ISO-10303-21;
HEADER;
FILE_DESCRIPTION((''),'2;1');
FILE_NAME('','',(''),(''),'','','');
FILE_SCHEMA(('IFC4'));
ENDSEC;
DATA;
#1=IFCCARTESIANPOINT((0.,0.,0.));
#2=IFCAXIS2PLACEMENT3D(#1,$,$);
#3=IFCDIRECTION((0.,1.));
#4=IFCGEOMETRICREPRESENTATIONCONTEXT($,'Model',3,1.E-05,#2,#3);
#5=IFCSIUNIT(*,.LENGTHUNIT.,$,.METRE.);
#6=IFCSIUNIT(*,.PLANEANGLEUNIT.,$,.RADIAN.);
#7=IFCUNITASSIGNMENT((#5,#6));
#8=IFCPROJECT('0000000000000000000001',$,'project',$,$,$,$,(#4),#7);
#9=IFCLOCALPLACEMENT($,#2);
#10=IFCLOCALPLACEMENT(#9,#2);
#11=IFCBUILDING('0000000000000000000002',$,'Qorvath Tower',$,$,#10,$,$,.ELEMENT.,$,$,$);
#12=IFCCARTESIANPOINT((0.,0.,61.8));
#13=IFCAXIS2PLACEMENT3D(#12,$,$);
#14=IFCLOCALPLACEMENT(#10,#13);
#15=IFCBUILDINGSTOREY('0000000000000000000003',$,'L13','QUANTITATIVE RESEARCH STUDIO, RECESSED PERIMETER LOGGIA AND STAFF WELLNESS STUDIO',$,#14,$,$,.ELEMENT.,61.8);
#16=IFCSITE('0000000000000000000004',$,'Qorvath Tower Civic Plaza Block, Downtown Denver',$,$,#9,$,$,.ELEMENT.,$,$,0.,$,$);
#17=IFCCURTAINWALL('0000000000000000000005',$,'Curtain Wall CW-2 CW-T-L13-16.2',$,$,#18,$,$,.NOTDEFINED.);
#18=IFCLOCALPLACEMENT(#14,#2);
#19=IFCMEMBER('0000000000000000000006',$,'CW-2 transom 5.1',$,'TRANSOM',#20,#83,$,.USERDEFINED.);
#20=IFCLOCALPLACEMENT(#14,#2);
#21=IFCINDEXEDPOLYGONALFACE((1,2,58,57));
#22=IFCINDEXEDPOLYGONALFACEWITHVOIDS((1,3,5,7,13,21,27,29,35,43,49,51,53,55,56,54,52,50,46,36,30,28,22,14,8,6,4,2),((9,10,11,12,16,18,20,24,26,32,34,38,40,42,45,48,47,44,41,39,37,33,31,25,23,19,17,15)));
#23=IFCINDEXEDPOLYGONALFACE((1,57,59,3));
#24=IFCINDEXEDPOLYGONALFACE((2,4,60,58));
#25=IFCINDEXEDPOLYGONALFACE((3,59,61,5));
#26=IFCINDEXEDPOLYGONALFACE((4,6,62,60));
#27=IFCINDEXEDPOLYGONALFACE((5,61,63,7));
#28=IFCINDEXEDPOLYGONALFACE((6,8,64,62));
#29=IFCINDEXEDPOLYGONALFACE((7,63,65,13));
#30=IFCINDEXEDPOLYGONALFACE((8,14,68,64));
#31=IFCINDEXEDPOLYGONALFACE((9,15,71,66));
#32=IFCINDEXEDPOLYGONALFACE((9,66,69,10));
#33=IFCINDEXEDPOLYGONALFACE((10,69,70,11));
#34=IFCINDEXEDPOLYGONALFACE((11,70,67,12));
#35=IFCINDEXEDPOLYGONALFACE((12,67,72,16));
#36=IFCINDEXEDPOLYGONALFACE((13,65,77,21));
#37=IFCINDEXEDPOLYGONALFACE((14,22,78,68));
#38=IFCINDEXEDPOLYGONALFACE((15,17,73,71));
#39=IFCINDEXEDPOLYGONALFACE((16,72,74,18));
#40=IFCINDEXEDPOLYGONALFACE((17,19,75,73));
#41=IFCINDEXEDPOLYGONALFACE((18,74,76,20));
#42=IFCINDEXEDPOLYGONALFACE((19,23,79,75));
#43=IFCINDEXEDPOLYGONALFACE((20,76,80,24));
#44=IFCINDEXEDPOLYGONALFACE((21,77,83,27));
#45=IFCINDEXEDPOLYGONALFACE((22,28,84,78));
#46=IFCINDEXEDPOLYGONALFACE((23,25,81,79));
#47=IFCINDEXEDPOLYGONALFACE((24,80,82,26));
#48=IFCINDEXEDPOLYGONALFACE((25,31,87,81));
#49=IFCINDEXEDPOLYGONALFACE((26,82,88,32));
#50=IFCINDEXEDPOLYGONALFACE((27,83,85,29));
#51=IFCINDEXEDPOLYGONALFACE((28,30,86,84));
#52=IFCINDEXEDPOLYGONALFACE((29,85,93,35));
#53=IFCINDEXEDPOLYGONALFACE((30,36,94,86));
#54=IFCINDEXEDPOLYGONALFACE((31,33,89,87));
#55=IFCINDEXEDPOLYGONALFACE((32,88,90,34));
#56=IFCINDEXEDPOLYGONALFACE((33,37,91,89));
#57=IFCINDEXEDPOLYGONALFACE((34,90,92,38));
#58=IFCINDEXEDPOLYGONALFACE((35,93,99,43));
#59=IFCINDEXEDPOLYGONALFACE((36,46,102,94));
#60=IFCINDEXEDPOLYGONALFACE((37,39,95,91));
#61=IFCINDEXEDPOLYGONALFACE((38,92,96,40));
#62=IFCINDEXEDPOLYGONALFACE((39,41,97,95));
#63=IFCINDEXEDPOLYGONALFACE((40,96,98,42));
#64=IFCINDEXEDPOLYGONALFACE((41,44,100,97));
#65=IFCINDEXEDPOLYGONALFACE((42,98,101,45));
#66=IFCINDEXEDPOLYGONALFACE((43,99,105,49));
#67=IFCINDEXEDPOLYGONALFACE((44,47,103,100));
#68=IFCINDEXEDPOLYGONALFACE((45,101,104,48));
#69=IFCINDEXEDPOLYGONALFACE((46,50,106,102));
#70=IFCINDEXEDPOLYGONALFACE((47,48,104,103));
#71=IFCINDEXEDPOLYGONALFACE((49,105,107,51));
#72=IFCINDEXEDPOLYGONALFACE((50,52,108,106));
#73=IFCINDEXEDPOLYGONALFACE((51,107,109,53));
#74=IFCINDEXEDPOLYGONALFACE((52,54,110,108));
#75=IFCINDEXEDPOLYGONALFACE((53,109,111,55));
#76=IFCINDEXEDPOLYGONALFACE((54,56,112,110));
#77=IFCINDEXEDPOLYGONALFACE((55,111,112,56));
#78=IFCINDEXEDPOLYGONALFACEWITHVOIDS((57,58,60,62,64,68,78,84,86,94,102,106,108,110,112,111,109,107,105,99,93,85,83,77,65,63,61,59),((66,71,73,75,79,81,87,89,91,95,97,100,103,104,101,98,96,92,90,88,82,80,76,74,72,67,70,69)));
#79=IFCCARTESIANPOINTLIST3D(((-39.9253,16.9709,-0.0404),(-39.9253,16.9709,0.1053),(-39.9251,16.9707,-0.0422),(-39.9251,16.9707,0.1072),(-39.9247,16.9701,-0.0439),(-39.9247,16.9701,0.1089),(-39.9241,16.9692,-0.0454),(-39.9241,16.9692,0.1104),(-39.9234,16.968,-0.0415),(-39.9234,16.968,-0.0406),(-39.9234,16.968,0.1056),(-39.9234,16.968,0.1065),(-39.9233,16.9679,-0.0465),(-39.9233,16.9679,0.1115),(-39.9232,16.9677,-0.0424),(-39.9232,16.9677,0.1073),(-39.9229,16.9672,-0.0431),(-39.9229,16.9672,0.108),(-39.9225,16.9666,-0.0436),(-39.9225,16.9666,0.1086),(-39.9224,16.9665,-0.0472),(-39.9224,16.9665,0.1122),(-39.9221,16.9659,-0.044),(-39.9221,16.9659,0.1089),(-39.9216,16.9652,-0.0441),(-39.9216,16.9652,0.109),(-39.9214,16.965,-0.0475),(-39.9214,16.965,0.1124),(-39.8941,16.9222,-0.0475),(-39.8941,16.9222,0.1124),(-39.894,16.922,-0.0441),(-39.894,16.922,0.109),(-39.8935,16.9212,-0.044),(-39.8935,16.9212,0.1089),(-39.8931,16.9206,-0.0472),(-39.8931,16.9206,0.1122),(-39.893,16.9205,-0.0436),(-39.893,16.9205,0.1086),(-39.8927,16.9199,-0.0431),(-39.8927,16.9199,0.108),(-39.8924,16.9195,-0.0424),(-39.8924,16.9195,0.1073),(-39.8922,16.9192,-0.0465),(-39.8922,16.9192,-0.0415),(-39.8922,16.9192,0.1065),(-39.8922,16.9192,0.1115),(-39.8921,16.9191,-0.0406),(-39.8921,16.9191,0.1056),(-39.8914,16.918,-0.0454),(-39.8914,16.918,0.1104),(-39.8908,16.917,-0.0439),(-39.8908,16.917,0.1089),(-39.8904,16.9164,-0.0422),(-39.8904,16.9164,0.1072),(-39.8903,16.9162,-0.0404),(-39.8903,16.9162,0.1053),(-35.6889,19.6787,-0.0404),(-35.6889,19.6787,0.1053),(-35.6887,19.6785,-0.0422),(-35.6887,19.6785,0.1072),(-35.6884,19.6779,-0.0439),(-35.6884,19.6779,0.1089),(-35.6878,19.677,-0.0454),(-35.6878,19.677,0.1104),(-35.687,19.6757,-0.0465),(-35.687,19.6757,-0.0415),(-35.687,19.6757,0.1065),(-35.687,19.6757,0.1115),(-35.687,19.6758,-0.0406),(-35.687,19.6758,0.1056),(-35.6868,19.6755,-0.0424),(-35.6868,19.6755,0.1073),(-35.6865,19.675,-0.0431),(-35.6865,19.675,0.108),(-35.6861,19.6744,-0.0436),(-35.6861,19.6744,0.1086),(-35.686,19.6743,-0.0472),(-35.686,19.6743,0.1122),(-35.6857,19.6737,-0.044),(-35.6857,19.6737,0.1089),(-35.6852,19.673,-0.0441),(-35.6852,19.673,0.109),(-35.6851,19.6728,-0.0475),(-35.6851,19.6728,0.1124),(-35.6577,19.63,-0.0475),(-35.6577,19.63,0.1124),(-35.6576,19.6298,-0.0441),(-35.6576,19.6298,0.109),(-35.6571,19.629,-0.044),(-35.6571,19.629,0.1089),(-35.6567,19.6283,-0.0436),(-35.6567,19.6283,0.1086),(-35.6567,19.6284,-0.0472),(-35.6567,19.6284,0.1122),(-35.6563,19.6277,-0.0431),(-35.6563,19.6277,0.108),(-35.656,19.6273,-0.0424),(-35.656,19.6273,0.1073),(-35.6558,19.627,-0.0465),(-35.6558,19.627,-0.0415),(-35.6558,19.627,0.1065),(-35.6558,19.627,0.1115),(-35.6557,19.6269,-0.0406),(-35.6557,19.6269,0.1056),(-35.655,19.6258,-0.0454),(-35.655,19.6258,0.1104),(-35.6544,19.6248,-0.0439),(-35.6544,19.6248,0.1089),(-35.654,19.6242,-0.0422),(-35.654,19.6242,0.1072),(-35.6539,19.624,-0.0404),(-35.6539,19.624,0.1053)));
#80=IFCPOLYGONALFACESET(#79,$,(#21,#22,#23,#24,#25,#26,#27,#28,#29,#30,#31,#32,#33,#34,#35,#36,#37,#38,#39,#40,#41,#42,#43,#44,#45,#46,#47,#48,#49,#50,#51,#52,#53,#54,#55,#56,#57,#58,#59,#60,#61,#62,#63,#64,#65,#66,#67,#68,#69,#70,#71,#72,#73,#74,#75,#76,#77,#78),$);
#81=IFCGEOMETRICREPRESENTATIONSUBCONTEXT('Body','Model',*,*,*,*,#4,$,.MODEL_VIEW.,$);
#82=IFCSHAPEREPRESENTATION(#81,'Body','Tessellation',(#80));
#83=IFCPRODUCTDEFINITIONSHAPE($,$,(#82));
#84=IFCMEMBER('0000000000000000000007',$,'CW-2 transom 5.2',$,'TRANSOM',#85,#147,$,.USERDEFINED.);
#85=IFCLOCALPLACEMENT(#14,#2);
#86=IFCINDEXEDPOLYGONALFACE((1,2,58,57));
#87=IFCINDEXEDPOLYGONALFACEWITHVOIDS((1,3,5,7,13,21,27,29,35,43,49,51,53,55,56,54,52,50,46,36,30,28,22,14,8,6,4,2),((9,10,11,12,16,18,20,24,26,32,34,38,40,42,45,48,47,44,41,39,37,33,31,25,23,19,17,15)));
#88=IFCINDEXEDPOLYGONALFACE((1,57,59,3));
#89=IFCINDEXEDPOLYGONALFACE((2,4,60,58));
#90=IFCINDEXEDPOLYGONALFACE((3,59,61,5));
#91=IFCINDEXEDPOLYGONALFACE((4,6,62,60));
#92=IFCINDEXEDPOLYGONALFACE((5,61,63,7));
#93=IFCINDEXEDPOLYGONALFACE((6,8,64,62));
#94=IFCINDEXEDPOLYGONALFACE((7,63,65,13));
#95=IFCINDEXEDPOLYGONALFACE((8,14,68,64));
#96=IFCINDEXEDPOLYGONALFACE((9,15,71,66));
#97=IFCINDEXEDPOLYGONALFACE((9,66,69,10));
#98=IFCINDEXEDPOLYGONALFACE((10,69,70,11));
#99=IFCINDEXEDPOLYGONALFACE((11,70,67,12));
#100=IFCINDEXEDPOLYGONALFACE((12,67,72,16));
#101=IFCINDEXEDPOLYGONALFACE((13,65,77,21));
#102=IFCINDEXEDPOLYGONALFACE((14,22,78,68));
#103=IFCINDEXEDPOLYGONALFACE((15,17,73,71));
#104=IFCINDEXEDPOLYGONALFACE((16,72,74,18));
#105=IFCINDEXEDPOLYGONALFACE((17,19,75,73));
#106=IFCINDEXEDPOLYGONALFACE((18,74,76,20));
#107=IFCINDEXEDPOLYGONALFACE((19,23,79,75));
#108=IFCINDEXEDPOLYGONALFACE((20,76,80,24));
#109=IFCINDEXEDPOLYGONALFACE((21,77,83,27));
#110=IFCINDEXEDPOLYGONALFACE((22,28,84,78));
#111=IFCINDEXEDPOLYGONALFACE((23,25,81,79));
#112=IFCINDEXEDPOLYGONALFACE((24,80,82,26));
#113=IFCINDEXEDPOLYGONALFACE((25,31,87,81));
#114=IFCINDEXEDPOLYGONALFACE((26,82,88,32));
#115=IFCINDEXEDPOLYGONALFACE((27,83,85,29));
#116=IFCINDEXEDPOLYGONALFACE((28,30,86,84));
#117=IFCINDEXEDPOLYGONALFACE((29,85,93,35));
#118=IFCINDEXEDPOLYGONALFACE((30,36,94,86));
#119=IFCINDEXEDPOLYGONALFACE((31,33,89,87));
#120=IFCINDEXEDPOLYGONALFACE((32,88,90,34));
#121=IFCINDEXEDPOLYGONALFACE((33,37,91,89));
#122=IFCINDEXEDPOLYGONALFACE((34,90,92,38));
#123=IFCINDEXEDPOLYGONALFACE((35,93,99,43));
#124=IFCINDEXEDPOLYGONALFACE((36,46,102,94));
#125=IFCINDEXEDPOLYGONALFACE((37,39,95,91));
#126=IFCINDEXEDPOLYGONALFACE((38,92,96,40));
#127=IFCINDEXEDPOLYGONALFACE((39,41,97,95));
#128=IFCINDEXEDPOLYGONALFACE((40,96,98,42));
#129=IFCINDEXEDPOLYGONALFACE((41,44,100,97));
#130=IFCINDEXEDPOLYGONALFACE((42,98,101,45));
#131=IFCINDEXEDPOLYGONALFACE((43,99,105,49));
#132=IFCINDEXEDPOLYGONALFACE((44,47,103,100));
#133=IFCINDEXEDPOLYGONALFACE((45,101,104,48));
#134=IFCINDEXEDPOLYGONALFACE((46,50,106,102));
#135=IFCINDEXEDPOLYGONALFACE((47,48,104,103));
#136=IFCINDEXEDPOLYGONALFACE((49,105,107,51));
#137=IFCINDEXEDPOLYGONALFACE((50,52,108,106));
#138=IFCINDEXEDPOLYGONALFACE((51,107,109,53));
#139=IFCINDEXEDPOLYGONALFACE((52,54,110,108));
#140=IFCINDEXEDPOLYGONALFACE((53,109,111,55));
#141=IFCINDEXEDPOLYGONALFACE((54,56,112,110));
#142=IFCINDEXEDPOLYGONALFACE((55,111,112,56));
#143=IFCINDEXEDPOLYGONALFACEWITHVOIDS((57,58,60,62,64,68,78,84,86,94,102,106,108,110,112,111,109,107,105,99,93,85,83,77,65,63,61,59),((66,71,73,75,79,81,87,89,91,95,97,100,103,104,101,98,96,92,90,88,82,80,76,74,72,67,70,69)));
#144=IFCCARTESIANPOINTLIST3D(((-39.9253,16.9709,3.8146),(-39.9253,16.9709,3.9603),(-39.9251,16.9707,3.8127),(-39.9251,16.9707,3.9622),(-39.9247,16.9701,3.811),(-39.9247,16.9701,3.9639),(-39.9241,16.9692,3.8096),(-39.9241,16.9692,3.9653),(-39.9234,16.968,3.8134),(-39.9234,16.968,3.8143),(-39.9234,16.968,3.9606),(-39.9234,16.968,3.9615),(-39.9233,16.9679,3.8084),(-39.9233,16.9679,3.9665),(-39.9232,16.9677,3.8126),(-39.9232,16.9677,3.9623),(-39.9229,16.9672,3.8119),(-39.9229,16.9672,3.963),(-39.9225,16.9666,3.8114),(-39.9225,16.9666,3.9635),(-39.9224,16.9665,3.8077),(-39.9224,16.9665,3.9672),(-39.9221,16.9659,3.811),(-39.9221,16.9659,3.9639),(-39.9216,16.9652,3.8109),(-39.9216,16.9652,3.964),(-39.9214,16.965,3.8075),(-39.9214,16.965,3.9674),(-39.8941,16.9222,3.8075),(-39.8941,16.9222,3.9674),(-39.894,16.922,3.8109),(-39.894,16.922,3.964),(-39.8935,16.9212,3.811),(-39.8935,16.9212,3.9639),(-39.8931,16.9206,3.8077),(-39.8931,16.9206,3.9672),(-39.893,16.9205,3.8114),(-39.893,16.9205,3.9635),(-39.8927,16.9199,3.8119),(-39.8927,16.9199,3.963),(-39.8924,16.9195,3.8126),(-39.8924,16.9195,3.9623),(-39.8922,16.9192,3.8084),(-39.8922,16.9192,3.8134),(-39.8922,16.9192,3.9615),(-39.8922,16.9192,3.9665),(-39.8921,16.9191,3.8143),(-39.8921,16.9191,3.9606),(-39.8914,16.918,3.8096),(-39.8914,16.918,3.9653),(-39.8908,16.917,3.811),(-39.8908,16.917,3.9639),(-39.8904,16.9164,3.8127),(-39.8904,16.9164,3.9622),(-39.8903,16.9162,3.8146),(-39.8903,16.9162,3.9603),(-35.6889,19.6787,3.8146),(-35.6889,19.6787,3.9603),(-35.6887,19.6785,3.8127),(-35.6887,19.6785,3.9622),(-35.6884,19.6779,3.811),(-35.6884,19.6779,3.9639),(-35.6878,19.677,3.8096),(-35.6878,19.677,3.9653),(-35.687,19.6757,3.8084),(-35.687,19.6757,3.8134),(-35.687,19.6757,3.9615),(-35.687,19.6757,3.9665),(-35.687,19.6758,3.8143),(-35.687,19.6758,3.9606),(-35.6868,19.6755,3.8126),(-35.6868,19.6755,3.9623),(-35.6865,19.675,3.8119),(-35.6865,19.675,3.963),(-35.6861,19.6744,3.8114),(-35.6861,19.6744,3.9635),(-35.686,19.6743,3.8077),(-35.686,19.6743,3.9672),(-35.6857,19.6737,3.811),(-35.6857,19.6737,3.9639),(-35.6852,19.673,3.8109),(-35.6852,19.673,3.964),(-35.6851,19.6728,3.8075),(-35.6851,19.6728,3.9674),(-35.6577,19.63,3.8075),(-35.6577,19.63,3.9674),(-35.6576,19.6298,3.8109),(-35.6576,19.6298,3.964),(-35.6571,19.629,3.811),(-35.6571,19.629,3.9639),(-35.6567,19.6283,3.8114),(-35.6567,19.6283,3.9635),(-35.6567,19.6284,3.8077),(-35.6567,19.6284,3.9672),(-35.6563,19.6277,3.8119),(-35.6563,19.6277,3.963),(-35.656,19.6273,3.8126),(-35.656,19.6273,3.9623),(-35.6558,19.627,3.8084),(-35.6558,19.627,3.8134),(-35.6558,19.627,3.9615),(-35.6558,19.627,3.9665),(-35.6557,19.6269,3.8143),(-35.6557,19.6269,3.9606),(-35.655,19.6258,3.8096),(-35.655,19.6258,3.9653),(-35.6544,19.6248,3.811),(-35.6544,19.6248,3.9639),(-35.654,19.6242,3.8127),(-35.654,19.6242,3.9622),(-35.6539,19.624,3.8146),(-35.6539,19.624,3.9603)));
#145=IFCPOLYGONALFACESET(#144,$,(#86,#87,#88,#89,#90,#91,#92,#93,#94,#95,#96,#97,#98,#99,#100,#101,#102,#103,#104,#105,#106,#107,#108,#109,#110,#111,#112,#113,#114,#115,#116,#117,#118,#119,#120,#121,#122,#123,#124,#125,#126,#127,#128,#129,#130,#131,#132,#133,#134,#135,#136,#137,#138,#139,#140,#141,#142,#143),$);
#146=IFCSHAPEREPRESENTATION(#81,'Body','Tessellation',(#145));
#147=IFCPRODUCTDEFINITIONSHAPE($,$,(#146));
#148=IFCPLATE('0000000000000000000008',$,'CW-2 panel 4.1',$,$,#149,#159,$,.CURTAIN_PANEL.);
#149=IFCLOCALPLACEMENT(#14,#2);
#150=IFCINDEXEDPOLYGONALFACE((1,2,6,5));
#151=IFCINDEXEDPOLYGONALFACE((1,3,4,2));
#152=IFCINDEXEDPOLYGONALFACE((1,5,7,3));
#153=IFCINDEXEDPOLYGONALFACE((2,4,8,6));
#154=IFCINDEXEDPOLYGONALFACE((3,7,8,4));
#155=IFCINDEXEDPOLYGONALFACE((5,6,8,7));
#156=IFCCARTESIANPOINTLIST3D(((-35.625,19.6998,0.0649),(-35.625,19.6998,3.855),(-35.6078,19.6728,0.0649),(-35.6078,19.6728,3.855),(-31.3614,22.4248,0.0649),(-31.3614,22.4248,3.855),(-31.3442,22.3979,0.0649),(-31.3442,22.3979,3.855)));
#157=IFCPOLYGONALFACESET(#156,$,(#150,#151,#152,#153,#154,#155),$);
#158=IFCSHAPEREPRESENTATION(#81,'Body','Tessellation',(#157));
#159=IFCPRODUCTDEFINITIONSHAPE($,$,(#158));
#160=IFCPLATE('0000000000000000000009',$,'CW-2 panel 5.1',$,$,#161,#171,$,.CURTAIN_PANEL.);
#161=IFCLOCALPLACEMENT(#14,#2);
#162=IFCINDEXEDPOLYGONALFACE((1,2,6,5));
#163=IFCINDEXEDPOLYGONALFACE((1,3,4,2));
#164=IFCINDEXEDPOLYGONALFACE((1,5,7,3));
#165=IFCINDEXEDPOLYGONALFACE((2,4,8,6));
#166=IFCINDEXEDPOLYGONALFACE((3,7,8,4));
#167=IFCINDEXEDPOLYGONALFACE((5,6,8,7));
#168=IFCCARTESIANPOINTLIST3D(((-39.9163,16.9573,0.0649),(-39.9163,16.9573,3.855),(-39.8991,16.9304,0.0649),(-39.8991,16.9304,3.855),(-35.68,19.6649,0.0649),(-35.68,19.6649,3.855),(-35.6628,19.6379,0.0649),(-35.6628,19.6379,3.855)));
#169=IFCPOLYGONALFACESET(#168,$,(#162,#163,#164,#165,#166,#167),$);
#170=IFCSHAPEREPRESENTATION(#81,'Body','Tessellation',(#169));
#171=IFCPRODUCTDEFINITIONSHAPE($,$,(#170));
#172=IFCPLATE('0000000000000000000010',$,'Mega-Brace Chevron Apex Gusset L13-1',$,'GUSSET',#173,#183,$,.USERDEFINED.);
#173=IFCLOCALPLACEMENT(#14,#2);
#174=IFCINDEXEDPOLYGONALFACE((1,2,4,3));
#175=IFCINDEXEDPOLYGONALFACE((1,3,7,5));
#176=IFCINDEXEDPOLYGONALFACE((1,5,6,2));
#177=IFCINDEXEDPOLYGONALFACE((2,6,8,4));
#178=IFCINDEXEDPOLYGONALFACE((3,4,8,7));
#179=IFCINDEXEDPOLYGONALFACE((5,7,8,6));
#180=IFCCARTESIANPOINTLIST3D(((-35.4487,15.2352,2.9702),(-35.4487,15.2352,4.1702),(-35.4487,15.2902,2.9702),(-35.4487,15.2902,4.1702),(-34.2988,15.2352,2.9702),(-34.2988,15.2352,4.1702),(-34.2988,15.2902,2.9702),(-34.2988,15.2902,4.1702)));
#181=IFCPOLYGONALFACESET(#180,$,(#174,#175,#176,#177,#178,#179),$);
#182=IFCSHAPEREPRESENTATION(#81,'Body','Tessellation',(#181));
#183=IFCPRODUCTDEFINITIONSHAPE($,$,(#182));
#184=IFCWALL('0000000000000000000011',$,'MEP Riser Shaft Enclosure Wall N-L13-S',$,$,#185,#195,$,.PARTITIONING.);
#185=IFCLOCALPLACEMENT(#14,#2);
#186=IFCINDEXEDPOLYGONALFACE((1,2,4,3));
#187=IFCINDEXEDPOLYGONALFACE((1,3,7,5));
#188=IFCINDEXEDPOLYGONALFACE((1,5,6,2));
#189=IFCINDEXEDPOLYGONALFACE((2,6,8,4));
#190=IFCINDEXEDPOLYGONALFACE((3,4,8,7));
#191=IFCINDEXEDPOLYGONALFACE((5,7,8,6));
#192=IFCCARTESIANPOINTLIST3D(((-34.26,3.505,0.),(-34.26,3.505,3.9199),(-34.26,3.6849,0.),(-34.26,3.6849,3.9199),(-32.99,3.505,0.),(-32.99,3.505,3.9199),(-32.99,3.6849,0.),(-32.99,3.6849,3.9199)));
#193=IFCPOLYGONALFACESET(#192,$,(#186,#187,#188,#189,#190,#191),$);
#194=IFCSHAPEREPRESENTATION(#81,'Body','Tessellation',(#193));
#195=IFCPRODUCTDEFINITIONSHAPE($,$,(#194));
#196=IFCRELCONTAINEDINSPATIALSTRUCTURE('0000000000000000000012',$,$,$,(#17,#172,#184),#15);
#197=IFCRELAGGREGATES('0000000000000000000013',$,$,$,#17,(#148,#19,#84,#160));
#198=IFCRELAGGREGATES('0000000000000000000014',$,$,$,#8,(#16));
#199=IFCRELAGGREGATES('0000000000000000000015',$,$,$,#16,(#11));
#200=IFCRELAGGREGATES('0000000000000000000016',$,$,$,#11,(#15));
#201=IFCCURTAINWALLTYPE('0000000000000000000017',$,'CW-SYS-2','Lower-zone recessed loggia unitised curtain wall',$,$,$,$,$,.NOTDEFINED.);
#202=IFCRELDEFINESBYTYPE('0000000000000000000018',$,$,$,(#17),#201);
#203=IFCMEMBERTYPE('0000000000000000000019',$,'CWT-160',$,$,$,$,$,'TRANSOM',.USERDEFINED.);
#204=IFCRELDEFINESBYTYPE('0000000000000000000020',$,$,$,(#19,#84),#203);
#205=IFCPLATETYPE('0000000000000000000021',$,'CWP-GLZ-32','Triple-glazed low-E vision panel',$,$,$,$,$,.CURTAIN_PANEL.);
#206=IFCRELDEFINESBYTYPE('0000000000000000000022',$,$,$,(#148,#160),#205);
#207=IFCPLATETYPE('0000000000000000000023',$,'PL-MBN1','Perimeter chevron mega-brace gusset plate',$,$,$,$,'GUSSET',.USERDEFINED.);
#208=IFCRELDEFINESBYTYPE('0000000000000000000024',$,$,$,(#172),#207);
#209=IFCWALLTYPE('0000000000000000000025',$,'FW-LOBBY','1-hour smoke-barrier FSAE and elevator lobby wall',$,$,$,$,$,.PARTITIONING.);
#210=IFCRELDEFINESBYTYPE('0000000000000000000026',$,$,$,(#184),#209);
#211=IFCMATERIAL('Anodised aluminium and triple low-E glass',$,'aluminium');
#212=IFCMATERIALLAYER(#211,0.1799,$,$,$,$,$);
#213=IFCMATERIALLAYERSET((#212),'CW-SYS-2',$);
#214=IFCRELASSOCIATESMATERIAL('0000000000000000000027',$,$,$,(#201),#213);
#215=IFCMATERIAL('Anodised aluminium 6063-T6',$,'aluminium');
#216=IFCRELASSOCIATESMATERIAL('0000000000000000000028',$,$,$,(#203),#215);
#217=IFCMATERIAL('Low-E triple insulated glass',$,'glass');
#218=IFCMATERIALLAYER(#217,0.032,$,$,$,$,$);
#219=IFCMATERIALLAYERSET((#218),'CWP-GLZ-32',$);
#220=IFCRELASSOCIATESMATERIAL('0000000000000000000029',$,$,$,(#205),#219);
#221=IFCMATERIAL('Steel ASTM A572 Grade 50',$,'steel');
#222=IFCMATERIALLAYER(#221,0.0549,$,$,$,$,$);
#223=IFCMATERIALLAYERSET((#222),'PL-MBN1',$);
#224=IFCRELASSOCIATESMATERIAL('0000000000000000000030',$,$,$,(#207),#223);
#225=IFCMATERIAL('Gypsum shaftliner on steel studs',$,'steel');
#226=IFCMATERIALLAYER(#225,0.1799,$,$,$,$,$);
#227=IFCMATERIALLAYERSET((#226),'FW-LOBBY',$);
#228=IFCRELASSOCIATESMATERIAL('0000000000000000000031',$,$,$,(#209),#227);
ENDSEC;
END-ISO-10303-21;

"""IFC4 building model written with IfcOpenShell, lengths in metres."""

from ifc_helpers import new_model, si_unit, direction, frame, frame_2d, origin, origin_2d, place, context, subcontext, project, spatial, rectangle, hollow_rectangle, extrude, material, layer, layer_set, material_profile, profile_set, type_object, element, aggregate, save


model = new_model("IFC4")

# Units and contexts
model_context = context("Model", 3, precision=1e-05, world=origin(), true_north=direction((0.0, 1.0)))
body_context = subcontext(model_context, "Body", "Model", "MODEL_VIEW")
ifc_project = project(units=[si_unit("LENGTHUNIT", "METRE"), si_unit("PLANEANGLEUNIT", "RADIAN")], contexts=[model_context])

# Site, building, storey
site_placement = place(None, origin())
site = spatial("IfcSite", under=ifc_project, at=site_placement, Name="Qorvath Tower Civic Plaza Block, Downtown Denver", CompositionType="ELEMENT", RefElevation=0.0)
building_placement = place(site_placement, origin())
building = spatial("IfcBuilding", under=site, at=building_placement, Name="Qorvath Tower", CompositionType="ELEMENT")
storey_placement = place(building_placement, frame((0.0, 0.0, 61.8)))
storey = spatial("IfcBuildingStorey", under=building, at=storey_placement, Name="L13", Description="QUANTITATIVE RESEARCH STUDIO, RECESSED PERIMETER LOGGIA AND STAFF WELLNESS STUDIO", CompositionType="ELEMENT", Elevation=61.8)

# Curtain wall
ifc_material_1 = material(Name="Anodised aluminium and triple low-E glass", Category="aluminium")
ifc_layer_1 = layer(ifc_material_1, 0.1799)
ifc_layer_set_1 = layer_set([ifc_layer_1], Name="CW-SYS-2")
curtain_wall_type = type_object("IfcCurtainWallType", Name="CW-SYS-2", Description="Lower-zone recessed loggia unitised curtain wall", PredefinedType="NOTDEFINED", material=ifc_layer_set_1)
curtain_wall_1_placement = place(storey_placement, origin())
curtain_wall_1 = element("IfcCurtainWall", 1, at=curtain_wall_1_placement, inside=storey, type_object=curtain_wall_type, Name="Curtain Wall CW-2 CW-T-L13-16.2", PredefinedType="NOTDEFINED")

# Members
ifc_material_2 = material(Name="Anodised aluminium 6063-T6", Category="aluminium")
ifc_material_profile_1 = material_profile(ifc_material_2, hollow_rectangle(XDim=0.0649, YDim=0.1599, WallThickness=0.0034, InnerFilletRadius=0.0034, OuterFilletRadius=0.0071, at=origin_2d()), Name="CWT 160x65")
ifc_profile_set_1 = profile_set([ifc_material_profile_1], Name="Anodised aluminium 6063-T6")
member_type_1 = type_object("IfcMemberType", Name="CWT-160", ElementType="TRANSOM", PredefinedType="USERDEFINED", material=ifc_profile_set_1)
member_1_placement = place(storey_placement, frame((-35.6714, 19.6514, 0.0325), z_axis=(-0.842586, -0.538562, 0.0), x_axis=(0.538562, -0.842586, 0.0)))
member_1 = element("IfcMember", 2, at=member_1_placement, type_object=member_type_1, Name="CW-2 transom 5.1", ObjectType="TRANSOM", PredefinedType="USERDEFINED", context=body_context, shape_type="SweptSolid", body=[
    extrude(hollow_rectangle(XDim=0.0649, YDim=0.1599, WallThickness=0.0034, InnerFilletRadius=0.0034, OuterFilletRadius=0.0071, at=origin_2d()), origin(), (0.0, 0.0, 1.0), 5.0278),
])
member_2_placement = place(storey_placement, frame((-35.6714, 19.6514, 3.8875), z_axis=(-0.842586, -0.538562, 0.0), x_axis=(0.538562, -0.842586, 0.0)))
member_2 = element("IfcMember", 3, at=member_2_placement, type_object=member_type_1, Name="CW-2 transom 5.2", ObjectType="TRANSOM", PredefinedType="USERDEFINED", context=body_context, shape_type="SweptSolid", body=[
    extrude(hollow_rectangle(XDim=0.0649, YDim=0.1599, WallThickness=0.0034, InnerFilletRadius=0.0034, OuterFilletRadius=0.0071, at=origin_2d()), origin(), (0.0, 0.0, 1.0), 5.0278),
])

# Plates
ifc_material_3 = material(Name="Low-E triple insulated glass", Category="glass")
ifc_layer_2 = layer(ifc_material_3, 0.032)
ifc_layer_set_2 = layer_set([ifc_layer_2], Name="CWP-GLZ-32")
plate_type_1 = type_object("IfcPlateType", Name="CWP-GLZ-32", Description="Triple-glazed low-E vision panel", PredefinedType="CURTAIN_PANEL", material=ifc_layer_set_2)
plate_1_placement = place(storey_placement, frame((-33.4846, 21.0488, 0.0649), z_axis=(0.0, 0.0, 1.0), x_axis=(-0.8426, -0.538539, 0.0)))
plate_1 = element("IfcPlate", 4, at=plate_1_placement, type_object=plate_type_1, Name="CW-2 panel 4.1", PredefinedType="CURTAIN_PANEL", context=body_context, shape_type="SweptSolid", body=[
    extrude(rectangle(XDim=5.0601, YDim=0.032, at=origin_2d()), origin(), (0.0, 0.0, 1.0), 3.79),
])
plate_2_placement = place(storey_placement, frame((-37.7896, 18.2976, 0.0649), z_axis=(0.0, 0.0, 1.0), x_axis=(-0.8426, -0.538539, 0.0)))
plate_2 = element("IfcPlate", 5, at=plate_2_placement, type_object=plate_type_1, Name="CW-2 panel 5.1", PredefinedType="CURTAIN_PANEL", context=body_context, shape_type="SweptSolid", body=[
    extrude(rectangle(XDim=5.0276, YDim=0.032, at=origin_2d()), origin(), (0.0, 0.0, 1.0), 3.79),
])
aggregate(curtain_wall_1, [plate_1, member_1, member_2, plate_2])
ifc_material_4 = material(Name="Steel ASTM A572 Grade 50", Category="steel")
ifc_layer_3 = layer(ifc_material_4, 0.0549)
ifc_layer_set_3 = layer_set([ifc_layer_3], Name="PL-MBN1")
plate_type_2 = type_object("IfcPlateType", Name="PL-MBN1", Description="Perimeter chevron mega-brace gusset plate", ElementType="GUSSET", PredefinedType="USERDEFINED", material=ifc_layer_set_3)
plate_3_placement = place(storey_placement, frame((-34.8738, 15.2627, 2.9702), z_axis=(0.0, 0.0, 1.0), x_axis=(1.0, 0.0, 0.0)))
element("IfcPlate", 6, at=plate_3_placement, inside=storey, type_object=plate_type_2, Name="Mega-Brace Chevron Apex Gusset L13-1", ObjectType="GUSSET", PredefinedType="USERDEFINED", context=body_context, shape_type="SweptSolid", body=[
    extrude(rectangle(XDim=1.1499, YDim=0.0549, at=origin_2d()), origin(), (0.0, 0.0, 1.0), 1.2),
])

# Wall
ifc_material_5 = material(Name="Gypsum shaftliner on steel studs", Category="steel")
ifc_layer_4 = layer(ifc_material_5, 0.1799)
ifc_layer_set_4 = layer_set([ifc_layer_4], Name="FW-LOBBY")
wall_type_1 = type_object("IfcWallType", Name="FW-LOBBY", Description="1-hour smoke-barrier FSAE and elevator lobby wall", PredefinedType="PARTITIONING", material=ifc_layer_set_4)
for number, where, z_axis, x_axis, name in (
    (7, (-32.99, 3.595, 0.0), (0.0, 0.0, 1.0), (-1.0, 0.0, 0.0), "MEP Riser Shaft Enclosure Wall N-L13-S"),
):
    element("IfcWall", number, at=place(storey_placement, frame(where, z_axis=z_axis, x_axis=x_axis)), inside=storey, type_object=wall_type_1, Name=name, PredefinedType="PARTITIONING", context=body_context, shape_type="SweptSolid", body=[
        extrude(rectangle(XDim=1.27, YDim=0.1799, at=frame_2d((0.635, 0.0))), origin(), (0.0, 0.0, 1.0), 3.9199),
    ])

save(model, "model.ifc")
